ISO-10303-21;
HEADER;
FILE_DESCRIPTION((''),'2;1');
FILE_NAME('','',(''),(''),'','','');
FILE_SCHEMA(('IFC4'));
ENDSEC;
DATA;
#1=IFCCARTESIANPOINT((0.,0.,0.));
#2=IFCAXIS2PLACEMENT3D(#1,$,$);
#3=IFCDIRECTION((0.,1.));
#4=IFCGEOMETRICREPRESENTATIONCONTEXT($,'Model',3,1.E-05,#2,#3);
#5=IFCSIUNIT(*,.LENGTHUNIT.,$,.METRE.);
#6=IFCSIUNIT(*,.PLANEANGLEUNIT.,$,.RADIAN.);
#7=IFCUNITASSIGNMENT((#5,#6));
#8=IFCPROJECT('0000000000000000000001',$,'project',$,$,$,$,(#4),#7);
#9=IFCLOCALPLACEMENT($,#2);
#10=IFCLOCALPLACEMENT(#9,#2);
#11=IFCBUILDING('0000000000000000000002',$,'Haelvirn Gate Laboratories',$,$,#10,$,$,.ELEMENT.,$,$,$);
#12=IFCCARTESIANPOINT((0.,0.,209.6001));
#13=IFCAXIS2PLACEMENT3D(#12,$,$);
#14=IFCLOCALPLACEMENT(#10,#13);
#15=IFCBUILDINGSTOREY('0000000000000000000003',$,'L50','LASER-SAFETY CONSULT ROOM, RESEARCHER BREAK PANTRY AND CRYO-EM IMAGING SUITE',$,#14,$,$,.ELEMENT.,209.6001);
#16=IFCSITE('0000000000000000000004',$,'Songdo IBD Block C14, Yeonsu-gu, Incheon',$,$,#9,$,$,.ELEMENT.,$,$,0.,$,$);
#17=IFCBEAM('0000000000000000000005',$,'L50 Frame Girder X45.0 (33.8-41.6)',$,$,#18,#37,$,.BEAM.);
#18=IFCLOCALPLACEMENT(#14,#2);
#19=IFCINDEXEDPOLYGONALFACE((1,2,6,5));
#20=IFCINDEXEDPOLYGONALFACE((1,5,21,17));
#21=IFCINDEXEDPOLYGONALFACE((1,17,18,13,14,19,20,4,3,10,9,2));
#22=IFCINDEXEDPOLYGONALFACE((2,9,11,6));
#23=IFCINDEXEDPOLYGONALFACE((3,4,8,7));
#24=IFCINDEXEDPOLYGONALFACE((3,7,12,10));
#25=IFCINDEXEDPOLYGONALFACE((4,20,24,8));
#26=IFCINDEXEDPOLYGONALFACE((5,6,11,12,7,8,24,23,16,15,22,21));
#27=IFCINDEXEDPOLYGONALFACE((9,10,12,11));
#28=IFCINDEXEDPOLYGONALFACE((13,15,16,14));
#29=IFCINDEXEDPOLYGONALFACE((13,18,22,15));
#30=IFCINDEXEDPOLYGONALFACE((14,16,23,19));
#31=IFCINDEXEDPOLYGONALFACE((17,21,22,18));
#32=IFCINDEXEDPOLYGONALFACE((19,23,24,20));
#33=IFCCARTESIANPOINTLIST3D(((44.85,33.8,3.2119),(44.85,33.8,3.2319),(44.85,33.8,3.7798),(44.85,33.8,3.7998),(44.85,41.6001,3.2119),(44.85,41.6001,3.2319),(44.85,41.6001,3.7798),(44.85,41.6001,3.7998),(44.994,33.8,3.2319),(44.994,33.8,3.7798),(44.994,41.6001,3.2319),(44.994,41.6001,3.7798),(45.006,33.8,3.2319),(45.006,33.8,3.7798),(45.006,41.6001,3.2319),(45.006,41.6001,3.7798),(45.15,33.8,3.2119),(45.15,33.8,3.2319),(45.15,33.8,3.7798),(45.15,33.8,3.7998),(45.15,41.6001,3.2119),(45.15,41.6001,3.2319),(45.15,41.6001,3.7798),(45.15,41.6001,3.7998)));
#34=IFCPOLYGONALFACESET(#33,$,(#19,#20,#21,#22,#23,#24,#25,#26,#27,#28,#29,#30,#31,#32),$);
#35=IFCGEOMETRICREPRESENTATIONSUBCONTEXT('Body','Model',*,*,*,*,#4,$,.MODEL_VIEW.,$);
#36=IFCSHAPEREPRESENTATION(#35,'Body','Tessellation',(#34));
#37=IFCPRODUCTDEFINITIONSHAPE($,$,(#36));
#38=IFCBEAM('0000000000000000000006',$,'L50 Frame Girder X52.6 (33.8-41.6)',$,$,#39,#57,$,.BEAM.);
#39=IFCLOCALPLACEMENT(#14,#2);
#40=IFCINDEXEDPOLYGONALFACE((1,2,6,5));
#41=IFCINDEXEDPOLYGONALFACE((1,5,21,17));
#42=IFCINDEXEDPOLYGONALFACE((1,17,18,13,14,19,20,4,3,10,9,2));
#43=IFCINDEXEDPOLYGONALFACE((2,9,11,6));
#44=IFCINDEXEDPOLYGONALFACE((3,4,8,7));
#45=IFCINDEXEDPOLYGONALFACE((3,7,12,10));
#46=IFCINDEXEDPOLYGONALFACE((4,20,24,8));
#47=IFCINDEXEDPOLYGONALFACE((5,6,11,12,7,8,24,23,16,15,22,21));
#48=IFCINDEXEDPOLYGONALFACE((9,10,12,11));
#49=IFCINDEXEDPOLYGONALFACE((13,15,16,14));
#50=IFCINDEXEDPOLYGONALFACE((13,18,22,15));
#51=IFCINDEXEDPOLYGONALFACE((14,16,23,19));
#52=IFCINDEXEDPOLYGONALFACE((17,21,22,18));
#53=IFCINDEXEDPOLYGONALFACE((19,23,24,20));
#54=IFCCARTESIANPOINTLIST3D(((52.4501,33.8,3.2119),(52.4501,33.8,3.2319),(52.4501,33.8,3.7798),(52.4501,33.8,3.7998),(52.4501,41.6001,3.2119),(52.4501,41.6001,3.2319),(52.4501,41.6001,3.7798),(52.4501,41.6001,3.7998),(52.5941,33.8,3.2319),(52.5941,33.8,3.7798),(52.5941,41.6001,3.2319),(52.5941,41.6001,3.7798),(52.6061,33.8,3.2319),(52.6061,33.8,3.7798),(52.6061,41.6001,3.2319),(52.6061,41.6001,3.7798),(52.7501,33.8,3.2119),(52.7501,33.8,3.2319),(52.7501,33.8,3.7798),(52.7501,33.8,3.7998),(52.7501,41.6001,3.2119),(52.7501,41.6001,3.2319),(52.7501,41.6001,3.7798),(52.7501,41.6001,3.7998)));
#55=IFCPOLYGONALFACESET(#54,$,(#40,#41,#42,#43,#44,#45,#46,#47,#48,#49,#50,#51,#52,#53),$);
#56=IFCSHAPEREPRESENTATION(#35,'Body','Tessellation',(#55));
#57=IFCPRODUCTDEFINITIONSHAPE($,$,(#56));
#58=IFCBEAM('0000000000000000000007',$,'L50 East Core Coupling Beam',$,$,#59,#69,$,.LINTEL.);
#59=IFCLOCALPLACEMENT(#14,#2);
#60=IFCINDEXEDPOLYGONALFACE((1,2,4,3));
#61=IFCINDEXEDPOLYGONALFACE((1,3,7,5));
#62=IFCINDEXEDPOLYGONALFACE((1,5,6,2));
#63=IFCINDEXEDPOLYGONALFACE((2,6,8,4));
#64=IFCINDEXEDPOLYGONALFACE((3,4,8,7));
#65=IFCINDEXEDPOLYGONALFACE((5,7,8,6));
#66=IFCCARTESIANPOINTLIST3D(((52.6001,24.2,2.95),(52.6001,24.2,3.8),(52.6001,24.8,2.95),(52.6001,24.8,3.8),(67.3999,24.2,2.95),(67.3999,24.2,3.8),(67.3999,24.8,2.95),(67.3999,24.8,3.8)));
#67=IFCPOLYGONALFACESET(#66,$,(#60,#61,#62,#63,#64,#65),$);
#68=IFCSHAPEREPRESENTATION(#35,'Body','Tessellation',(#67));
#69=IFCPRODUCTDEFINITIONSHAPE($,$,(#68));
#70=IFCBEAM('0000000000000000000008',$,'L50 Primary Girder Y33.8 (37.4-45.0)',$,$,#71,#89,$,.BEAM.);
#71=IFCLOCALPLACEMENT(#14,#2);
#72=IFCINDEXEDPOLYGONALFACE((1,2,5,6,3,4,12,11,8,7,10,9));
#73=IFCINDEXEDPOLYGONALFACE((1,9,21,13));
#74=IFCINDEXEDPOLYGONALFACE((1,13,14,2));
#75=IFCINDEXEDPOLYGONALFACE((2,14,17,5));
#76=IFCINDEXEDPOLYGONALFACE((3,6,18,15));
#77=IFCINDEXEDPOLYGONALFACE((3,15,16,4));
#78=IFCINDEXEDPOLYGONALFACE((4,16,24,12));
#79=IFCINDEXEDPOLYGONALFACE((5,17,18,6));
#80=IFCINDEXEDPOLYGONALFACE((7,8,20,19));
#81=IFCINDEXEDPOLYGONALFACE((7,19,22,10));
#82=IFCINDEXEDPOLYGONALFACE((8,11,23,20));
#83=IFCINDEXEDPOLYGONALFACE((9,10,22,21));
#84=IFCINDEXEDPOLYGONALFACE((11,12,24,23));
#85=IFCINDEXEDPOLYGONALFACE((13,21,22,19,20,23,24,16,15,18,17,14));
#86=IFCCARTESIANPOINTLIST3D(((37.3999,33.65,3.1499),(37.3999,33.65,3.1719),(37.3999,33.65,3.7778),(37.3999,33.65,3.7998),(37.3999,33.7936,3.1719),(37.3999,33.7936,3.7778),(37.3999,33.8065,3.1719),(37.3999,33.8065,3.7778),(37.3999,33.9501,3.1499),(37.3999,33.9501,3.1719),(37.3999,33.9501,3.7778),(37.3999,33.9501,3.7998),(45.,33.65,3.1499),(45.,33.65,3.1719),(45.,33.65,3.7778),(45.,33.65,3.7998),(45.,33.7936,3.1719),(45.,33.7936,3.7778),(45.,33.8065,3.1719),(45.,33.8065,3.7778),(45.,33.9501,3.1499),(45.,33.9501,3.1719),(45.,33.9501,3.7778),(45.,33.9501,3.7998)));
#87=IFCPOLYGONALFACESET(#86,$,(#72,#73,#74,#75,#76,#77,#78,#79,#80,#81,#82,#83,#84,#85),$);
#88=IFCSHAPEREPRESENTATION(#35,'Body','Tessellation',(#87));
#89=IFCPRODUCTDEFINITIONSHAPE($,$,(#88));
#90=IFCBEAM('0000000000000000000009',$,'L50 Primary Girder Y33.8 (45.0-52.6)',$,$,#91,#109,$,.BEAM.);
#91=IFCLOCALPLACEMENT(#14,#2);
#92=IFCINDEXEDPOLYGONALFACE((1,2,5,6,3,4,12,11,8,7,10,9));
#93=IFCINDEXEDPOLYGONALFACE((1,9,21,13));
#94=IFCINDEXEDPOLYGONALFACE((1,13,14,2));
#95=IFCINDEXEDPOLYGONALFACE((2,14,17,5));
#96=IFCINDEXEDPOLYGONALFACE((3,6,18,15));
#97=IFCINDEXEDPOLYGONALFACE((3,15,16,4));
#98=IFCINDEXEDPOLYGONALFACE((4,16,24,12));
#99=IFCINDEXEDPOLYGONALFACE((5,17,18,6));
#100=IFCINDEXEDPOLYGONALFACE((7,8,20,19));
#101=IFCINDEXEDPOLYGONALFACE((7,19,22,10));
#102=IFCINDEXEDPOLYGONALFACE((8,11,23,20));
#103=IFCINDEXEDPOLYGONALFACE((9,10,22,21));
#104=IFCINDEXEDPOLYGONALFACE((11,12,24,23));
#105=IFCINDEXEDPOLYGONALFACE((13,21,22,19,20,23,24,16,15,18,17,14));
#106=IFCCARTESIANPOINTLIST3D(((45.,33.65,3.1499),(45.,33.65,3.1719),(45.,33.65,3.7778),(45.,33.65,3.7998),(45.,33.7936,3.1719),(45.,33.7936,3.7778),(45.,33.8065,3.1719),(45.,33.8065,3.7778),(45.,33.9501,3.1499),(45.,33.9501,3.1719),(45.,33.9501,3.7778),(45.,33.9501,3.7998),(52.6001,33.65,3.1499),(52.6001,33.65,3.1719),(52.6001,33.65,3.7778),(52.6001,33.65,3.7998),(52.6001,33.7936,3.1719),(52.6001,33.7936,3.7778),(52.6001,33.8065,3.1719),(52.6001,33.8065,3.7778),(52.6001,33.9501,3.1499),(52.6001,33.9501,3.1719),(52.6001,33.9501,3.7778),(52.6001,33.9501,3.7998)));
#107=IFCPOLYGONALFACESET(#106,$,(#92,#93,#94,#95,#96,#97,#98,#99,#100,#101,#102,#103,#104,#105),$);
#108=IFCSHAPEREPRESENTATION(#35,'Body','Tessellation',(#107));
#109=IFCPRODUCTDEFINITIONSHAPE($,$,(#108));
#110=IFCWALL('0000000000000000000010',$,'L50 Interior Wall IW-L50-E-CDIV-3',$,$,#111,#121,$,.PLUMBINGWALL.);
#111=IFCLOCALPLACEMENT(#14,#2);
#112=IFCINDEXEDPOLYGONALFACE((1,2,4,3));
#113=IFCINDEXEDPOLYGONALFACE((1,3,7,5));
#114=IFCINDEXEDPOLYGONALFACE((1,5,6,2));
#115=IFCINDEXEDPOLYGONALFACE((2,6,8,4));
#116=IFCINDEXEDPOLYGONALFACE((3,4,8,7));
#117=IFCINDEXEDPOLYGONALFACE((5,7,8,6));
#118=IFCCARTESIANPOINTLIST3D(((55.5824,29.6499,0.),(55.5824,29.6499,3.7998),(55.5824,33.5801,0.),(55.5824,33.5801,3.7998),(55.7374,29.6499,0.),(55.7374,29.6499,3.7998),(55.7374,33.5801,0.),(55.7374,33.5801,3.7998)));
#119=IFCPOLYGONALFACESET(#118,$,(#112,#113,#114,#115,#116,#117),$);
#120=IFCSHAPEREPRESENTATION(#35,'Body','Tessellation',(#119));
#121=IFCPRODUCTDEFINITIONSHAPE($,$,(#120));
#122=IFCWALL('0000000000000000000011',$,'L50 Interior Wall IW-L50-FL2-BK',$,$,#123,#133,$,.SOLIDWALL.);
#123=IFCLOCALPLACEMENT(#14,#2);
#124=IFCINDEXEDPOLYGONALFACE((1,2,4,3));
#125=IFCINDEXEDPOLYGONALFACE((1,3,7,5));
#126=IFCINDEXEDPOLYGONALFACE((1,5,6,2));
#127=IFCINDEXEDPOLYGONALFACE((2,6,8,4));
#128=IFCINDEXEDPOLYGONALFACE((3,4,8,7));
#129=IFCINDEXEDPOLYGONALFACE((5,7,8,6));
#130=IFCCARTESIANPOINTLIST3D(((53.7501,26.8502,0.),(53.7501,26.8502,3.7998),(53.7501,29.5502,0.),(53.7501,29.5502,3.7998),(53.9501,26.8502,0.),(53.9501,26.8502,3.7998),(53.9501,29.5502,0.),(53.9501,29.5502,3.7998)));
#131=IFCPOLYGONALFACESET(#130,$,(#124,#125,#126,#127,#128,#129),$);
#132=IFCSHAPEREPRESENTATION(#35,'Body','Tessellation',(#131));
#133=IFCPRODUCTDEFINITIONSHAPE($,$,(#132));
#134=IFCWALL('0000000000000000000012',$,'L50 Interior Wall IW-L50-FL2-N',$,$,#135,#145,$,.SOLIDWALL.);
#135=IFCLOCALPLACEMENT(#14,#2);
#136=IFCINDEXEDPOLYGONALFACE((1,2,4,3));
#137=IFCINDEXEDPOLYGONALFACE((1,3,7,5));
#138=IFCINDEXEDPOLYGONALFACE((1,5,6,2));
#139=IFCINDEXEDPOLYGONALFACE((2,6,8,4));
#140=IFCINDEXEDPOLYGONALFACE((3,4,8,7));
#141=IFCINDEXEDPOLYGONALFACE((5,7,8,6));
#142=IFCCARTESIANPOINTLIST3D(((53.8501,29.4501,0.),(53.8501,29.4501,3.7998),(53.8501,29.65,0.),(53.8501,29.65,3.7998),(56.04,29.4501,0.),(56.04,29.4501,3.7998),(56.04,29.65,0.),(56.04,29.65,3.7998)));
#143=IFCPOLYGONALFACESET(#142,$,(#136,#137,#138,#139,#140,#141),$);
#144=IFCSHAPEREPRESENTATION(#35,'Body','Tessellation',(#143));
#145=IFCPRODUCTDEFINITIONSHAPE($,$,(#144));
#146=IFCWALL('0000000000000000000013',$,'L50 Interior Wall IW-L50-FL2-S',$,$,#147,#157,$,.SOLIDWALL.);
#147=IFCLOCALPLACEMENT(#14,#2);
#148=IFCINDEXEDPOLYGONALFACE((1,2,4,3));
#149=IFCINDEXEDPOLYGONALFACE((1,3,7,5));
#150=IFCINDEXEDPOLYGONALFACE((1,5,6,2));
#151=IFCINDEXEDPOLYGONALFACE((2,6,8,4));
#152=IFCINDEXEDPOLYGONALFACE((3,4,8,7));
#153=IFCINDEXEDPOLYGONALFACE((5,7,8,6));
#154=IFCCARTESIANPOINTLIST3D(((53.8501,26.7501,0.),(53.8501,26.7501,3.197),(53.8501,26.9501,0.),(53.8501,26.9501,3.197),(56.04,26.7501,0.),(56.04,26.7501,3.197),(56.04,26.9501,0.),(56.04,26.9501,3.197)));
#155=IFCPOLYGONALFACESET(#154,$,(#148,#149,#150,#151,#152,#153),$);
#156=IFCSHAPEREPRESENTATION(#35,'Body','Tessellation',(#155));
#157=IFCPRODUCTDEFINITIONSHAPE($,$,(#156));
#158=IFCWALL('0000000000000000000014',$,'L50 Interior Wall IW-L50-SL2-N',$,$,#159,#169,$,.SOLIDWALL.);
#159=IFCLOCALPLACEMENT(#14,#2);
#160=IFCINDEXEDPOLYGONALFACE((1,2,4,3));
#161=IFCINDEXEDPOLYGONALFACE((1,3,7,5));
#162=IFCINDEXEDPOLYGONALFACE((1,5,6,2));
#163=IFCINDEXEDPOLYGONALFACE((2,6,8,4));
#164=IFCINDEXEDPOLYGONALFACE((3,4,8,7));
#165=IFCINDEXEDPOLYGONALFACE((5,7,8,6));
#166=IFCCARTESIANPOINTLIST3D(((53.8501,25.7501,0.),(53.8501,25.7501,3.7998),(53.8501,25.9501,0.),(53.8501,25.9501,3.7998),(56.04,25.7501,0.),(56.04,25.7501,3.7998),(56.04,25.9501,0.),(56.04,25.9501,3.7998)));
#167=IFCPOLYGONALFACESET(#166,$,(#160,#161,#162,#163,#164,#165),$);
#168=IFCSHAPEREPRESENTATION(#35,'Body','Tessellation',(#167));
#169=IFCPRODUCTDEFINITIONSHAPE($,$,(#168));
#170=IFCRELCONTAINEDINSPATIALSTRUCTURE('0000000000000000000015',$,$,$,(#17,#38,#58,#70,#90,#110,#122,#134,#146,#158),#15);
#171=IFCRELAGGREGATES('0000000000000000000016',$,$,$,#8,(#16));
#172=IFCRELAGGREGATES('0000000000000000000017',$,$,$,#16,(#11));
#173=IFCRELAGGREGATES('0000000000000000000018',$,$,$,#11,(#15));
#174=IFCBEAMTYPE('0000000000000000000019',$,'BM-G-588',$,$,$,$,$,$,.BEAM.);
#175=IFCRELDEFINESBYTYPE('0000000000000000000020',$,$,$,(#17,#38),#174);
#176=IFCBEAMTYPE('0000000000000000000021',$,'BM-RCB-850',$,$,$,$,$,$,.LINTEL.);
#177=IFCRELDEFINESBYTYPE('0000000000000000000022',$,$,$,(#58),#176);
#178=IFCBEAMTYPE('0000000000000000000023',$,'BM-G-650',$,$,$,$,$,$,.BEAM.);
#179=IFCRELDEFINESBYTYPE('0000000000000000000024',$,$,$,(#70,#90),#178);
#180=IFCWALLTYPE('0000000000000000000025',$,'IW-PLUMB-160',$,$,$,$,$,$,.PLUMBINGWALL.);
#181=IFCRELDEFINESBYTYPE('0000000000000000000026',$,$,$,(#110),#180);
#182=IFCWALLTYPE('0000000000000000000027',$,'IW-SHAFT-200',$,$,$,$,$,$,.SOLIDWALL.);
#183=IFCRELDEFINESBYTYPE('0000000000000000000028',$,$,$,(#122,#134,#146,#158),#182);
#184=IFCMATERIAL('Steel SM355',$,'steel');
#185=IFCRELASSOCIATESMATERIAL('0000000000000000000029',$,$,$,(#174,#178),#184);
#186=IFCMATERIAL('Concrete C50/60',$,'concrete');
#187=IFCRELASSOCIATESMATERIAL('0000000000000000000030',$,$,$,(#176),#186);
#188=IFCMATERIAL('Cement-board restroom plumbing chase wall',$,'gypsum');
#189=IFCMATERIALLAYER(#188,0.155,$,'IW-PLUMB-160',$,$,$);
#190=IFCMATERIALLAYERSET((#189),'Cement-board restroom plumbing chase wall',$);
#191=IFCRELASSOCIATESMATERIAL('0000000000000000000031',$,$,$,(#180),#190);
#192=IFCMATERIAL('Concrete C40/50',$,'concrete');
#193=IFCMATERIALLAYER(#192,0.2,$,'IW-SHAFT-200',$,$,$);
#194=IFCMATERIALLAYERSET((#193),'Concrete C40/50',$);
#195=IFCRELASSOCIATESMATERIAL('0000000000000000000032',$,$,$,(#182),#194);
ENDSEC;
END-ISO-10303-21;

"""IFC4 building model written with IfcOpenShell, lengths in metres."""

from ifc_helpers import new_model, si_unit, direction, frame, frame_2d, origin, origin_2d, place, context, subcontext, project, spatial, rectangle, i_section, extrude, source, transform, mapped, material, layer, layer_set, material_profile, profile_set, type_object, type_shapes, element, save


model = new_model("IFC4")

# Units and contexts
model_context = context("Model", 3, precision=1e-05, world=origin(), true_north=direction((0.0, 1.0)))
body_context = subcontext(model_context, "Body", "Model", "MODEL_VIEW")
ifc_project = project(units=[si_unit("LENGTHUNIT", "METRE"), si_unit("PLANEANGLEUNIT", "RADIAN")], contexts=[model_context])

# Site, building, storey
site_placement = place(None, origin())
site = spatial("IfcSite", under=ifc_project, at=site_placement, Name="Songdo IBD Block C14, Yeonsu-gu, Incheon", CompositionType="ELEMENT", RefElevation=0.0)
building_placement = place(site_placement, origin())
building = spatial("IfcBuilding", under=site, at=building_placement, Name="Haelvirn Gate Laboratories", CompositionType="ELEMENT")
storey_placement = place(building_placement, frame((0.0, 0.0, 209.6001)))
storey = spatial("IfcBuildingStorey", under=building, at=storey_placement, Name="L50", Description="LASER-SAFETY CONSULT ROOM, RESEARCHER BREAK PANTRY AND CRYO-EM IMAGING SUITE", CompositionType="ELEMENT", Elevation=209.6001)

# Shared definitions
ifc_material_1 = material(Name="Steel SM355", Category="steel")

# Beams
ifc_material_profile_1 = material_profile(ifc_material_1, i_section(OverallWidth=0.3, OverallDepth=0.5879, WebThickness=0.012, FlangeThickness=0.02, at=origin_2d()), Name="H-588x300x12x20")
ifc_profile_set_1 = profile_set([ifc_material_profile_1], Name="Steel SM355")
beam_type_1 = type_object("IfcBeamType", Name="BM-G-588", PredefinedType="BEAM", material=ifc_profile_set_1)
shared_shape_1 = source(origin(), body_context, "Body", "SweptSolid", [
    extrude(i_section(OverallWidth=0.3, OverallDepth=0.5879, WebThickness=0.012, FlangeThickness=0.02, at=origin_2d()), origin(), (0.0, 0.0, 1.0), 7.8),
])
for number, where, z_axis, x_axis, name in (
    (1, (45.0, 33.8, 3.5059), (0.0, 1.0, 0.0), (-1.0, 0.0, 0.0), "L50 Frame Girder X45.0 (33.8-41.6)"),
    (2, (52.6001, 33.8, 3.5059), (0.0, 1.0, 0.0), (-1.0, 0.0, 0.0), "L50 Frame Girder X52.6 (33.8-41.6)"),
):
    element("IfcBeam", number, at=place(storey_placement, frame(where, z_axis=z_axis, x_axis=x_axis)), inside=storey, type_object=beam_type_1, Name=name, PredefinedType="BEAM", context=body_context, shape_type="MappedRepresentation", body=[
        mapped(shared_shape_1, transform((0.0, 0.0, 0.0), scale=1.0)),
    ])
ifc_material_2 = material(Name="Concrete C50/60", Category="concrete")
ifc_material_profile_2 = material_profile(ifc_material_2, rectangle(XDim=0.6001, YDim=0.8501, at=origin_2d()), Name="RCB-600x850")
ifc_profile_set_2 = profile_set([ifc_material_profile_2], Name="Concrete C50/60")
beam_type_2 = type_object("IfcBeamType", Name="BM-RCB-850", PredefinedType="LINTEL", material=ifc_profile_set_2)
shared_shape_2 = source(origin(), body_context, "Body", "SweptSolid", [
    extrude(rectangle(XDim=0.6001, YDim=0.8501, at=origin_2d()), origin(), (0.0, 0.0, 1.0), 14.7998),
])
type_shapes(beam_type_2, [shared_shape_2])
beam_1_placement = place(storey_placement, frame((52.6001, 24.5, 3.375), z_axis=(1.0, 0.0, 0.0), x_axis=(0.0, 1.0, 0.0)))
element("IfcBeam", 3, at=beam_1_placement, inside=storey, type_object=beam_type_2, Name="L50 East Core Coupling Beam", PredefinedType="LINTEL", context=body_context, shape_type="MappedRepresentation", body=[
    mapped(shared_shape_2, transform((0.0, 0.0, 0.0), scale=1.0)),
])
ifc_material_profile_3 = material_profile(ifc_material_1, i_section(OverallWidth=0.3, OverallDepth=0.6499, WebThickness=0.0129, FlangeThickness=0.022, at=origin_2d()), Name="H-650x300x13x22")
ifc_profile_set_3 = profile_set([ifc_material_profile_3], Name="Steel SM355")
beam_type_3 = type_object("IfcBeamType", Name="BM-G-650", PredefinedType="BEAM", material=ifc_profile_set_3)
shared_shape_3 = source(origin(), body_context, "Body", "SweptSolid", [
    extrude(i_section(OverallWidth=0.3, OverallDepth=0.6499, WebThickness=0.0129, FlangeThickness=0.022, at=origin_2d()), origin(), (0.0, 0.0, 1.0), 7.6001),
])
type_shapes(beam_type_3, [shared_shape_3])
for number, where, z_axis, x_axis, name in (
    (4, (37.3999, 33.8, 3.4749), (1.0, 0.0, 0.0), (0.0, 1.0, 0.0), "L50 Primary Girder Y33.8 (37.4-45.0)"),
    (5, (45.0, 33.8, 3.4749), (1.0, 0.0, 0.0), (0.0, 1.0, 0.0), "L50 Primary Girder Y33.8 (45.0-52.6)"),
):
    element("IfcBeam", number, at=place(storey_placement, frame(where, z_axis=z_axis, x_axis=x_axis)), inside=storey, type_object=beam_type_3, Name=name, PredefinedType="BEAM", context=body_context, shape_type="MappedRepresentation", body=[
        mapped(shared_shape_3, transform((0.0, 0.0, 0.0), scale=1.0)),
    ])

# Walls
ifc_material_3 = material(Name="Cement-board restroom plumbing chase wall", Category="gypsum")
ifc_layer_1 = layer(ifc_material_3, 0.155, Name="IW-PLUMB-160")
ifc_layer_set_1 = layer_set([ifc_layer_1], Name="Cement-board restroom plumbing chase wall")
wall_type_1 = type_object("IfcWallType", Name="IW-PLUMB-160", PredefinedType="PLUMBINGWALL", material=ifc_layer_set_1)
wall_1_placement = place(storey_placement, frame((55.6599, 29.6499, 0.0), z_axis=(0.0, 0.0, 1.0), x_axis=(0.0, 1.0, 0.0)))
element("IfcWall", 6, at=wall_1_placement, inside=storey, type_object=wall_type_1, Name="L50 Interior Wall IW-L50-E-CDIV-3", PredefinedType="PLUMBINGWALL", context=body_context, shape_type="SweptSolid", body=[
    extrude(rectangle(XDim=3.9302, YDim=0.155, at=frame_2d((1.9651, 0.0))), origin(), (0.0, 0.0, 1.0), 3.7998),
])
ifc_material_4 = material(Name="Concrete C40/50", Category="concrete")
ifc_layer_2 = layer(ifc_material_4, 0.2, Name="IW-SHAFT-200")
ifc_layer_set_2 = layer_set([ifc_layer_2], Name="Concrete C40/50")
wall_type_2 = type_object("IfcWallType", Name="IW-SHAFT-200", PredefinedType="SOLIDWALL", material=ifc_layer_set_2)
wall_2_placement = place(storey_placement, frame((53.8501, 26.8501, 0.0), z_axis=(0.0, 0.0, 1.0), x_axis=(0.0, 1.0, 0.0)))
element("IfcWall", 7, at=wall_2_placement, inside=storey, type_object=wall_type_2, Name="L50 Interior Wall IW-L50-FL2-BK", PredefinedType="SOLIDWALL", context=body_context, shape_type="SweptSolid", body=[
    extrude(rectangle(XDim=2.7, YDim=0.2, at=frame_2d((1.3501, 0.0))), origin(), (0.0, 0.0, 1.0), 3.7998),
])
wall_3_placement = place(storey_placement, frame((53.8501, 29.55, 0.0), z_axis=(0.0, 0.0, 1.0), x_axis=(1.0, 0.0, 0.0)))
element("IfcWall", 8, at=wall_3_placement, inside=storey, type_object=wall_type_2, Name="L50 Interior Wall IW-L50-FL2-N", PredefinedType="SOLIDWALL", context=body_context, shape_type="SweptSolid", body=[
    extrude(rectangle(XDim=2.1899, YDim=0.2, at=frame_2d((1.095, 0.0))), origin(), (0.0, 0.0, 1.0), 3.7998),
])
wall_4_placement = place(storey_placement, frame((53.8501, 26.8501, 0.0), z_axis=(0.0, 0.0, 1.0), x_axis=(1.0, 0.0, 0.0)))
element("IfcWall", 9, at=wall_4_placement, inside=storey, type_object=wall_type_2, Name="L50 Interior Wall IW-L50-FL2-S", PredefinedType="SOLIDWALL", context=body_context, shape_type="SweptSolid", body=[
    extrude(rectangle(XDim=2.1899, YDim=0.2, at=frame_2d((1.095, 0.0))), origin(), (0.0, 0.0, 1.0), 3.197),
])
wall_5_placement = place(storey_placement, frame((53.8501, 25.8501, 0.0), z_axis=(0.0, 0.0, 1.0), x_axis=(1.0, 0.0, 0.0)))
element("IfcWall", 10, at=wall_5_placement, inside=storey, type_object=wall_type_2, Name="L50 Interior Wall IW-L50-SL2-N", PredefinedType="SOLIDWALL", context=body_context, shape_type="SweptSolid", body=[
    extrude(rectangle(XDim=2.1899, YDim=0.2, at=frame_2d((1.095, 0.0))), origin(), (0.0, 0.0, 1.0), 3.7998),
])

save(model, "model.ifc")
